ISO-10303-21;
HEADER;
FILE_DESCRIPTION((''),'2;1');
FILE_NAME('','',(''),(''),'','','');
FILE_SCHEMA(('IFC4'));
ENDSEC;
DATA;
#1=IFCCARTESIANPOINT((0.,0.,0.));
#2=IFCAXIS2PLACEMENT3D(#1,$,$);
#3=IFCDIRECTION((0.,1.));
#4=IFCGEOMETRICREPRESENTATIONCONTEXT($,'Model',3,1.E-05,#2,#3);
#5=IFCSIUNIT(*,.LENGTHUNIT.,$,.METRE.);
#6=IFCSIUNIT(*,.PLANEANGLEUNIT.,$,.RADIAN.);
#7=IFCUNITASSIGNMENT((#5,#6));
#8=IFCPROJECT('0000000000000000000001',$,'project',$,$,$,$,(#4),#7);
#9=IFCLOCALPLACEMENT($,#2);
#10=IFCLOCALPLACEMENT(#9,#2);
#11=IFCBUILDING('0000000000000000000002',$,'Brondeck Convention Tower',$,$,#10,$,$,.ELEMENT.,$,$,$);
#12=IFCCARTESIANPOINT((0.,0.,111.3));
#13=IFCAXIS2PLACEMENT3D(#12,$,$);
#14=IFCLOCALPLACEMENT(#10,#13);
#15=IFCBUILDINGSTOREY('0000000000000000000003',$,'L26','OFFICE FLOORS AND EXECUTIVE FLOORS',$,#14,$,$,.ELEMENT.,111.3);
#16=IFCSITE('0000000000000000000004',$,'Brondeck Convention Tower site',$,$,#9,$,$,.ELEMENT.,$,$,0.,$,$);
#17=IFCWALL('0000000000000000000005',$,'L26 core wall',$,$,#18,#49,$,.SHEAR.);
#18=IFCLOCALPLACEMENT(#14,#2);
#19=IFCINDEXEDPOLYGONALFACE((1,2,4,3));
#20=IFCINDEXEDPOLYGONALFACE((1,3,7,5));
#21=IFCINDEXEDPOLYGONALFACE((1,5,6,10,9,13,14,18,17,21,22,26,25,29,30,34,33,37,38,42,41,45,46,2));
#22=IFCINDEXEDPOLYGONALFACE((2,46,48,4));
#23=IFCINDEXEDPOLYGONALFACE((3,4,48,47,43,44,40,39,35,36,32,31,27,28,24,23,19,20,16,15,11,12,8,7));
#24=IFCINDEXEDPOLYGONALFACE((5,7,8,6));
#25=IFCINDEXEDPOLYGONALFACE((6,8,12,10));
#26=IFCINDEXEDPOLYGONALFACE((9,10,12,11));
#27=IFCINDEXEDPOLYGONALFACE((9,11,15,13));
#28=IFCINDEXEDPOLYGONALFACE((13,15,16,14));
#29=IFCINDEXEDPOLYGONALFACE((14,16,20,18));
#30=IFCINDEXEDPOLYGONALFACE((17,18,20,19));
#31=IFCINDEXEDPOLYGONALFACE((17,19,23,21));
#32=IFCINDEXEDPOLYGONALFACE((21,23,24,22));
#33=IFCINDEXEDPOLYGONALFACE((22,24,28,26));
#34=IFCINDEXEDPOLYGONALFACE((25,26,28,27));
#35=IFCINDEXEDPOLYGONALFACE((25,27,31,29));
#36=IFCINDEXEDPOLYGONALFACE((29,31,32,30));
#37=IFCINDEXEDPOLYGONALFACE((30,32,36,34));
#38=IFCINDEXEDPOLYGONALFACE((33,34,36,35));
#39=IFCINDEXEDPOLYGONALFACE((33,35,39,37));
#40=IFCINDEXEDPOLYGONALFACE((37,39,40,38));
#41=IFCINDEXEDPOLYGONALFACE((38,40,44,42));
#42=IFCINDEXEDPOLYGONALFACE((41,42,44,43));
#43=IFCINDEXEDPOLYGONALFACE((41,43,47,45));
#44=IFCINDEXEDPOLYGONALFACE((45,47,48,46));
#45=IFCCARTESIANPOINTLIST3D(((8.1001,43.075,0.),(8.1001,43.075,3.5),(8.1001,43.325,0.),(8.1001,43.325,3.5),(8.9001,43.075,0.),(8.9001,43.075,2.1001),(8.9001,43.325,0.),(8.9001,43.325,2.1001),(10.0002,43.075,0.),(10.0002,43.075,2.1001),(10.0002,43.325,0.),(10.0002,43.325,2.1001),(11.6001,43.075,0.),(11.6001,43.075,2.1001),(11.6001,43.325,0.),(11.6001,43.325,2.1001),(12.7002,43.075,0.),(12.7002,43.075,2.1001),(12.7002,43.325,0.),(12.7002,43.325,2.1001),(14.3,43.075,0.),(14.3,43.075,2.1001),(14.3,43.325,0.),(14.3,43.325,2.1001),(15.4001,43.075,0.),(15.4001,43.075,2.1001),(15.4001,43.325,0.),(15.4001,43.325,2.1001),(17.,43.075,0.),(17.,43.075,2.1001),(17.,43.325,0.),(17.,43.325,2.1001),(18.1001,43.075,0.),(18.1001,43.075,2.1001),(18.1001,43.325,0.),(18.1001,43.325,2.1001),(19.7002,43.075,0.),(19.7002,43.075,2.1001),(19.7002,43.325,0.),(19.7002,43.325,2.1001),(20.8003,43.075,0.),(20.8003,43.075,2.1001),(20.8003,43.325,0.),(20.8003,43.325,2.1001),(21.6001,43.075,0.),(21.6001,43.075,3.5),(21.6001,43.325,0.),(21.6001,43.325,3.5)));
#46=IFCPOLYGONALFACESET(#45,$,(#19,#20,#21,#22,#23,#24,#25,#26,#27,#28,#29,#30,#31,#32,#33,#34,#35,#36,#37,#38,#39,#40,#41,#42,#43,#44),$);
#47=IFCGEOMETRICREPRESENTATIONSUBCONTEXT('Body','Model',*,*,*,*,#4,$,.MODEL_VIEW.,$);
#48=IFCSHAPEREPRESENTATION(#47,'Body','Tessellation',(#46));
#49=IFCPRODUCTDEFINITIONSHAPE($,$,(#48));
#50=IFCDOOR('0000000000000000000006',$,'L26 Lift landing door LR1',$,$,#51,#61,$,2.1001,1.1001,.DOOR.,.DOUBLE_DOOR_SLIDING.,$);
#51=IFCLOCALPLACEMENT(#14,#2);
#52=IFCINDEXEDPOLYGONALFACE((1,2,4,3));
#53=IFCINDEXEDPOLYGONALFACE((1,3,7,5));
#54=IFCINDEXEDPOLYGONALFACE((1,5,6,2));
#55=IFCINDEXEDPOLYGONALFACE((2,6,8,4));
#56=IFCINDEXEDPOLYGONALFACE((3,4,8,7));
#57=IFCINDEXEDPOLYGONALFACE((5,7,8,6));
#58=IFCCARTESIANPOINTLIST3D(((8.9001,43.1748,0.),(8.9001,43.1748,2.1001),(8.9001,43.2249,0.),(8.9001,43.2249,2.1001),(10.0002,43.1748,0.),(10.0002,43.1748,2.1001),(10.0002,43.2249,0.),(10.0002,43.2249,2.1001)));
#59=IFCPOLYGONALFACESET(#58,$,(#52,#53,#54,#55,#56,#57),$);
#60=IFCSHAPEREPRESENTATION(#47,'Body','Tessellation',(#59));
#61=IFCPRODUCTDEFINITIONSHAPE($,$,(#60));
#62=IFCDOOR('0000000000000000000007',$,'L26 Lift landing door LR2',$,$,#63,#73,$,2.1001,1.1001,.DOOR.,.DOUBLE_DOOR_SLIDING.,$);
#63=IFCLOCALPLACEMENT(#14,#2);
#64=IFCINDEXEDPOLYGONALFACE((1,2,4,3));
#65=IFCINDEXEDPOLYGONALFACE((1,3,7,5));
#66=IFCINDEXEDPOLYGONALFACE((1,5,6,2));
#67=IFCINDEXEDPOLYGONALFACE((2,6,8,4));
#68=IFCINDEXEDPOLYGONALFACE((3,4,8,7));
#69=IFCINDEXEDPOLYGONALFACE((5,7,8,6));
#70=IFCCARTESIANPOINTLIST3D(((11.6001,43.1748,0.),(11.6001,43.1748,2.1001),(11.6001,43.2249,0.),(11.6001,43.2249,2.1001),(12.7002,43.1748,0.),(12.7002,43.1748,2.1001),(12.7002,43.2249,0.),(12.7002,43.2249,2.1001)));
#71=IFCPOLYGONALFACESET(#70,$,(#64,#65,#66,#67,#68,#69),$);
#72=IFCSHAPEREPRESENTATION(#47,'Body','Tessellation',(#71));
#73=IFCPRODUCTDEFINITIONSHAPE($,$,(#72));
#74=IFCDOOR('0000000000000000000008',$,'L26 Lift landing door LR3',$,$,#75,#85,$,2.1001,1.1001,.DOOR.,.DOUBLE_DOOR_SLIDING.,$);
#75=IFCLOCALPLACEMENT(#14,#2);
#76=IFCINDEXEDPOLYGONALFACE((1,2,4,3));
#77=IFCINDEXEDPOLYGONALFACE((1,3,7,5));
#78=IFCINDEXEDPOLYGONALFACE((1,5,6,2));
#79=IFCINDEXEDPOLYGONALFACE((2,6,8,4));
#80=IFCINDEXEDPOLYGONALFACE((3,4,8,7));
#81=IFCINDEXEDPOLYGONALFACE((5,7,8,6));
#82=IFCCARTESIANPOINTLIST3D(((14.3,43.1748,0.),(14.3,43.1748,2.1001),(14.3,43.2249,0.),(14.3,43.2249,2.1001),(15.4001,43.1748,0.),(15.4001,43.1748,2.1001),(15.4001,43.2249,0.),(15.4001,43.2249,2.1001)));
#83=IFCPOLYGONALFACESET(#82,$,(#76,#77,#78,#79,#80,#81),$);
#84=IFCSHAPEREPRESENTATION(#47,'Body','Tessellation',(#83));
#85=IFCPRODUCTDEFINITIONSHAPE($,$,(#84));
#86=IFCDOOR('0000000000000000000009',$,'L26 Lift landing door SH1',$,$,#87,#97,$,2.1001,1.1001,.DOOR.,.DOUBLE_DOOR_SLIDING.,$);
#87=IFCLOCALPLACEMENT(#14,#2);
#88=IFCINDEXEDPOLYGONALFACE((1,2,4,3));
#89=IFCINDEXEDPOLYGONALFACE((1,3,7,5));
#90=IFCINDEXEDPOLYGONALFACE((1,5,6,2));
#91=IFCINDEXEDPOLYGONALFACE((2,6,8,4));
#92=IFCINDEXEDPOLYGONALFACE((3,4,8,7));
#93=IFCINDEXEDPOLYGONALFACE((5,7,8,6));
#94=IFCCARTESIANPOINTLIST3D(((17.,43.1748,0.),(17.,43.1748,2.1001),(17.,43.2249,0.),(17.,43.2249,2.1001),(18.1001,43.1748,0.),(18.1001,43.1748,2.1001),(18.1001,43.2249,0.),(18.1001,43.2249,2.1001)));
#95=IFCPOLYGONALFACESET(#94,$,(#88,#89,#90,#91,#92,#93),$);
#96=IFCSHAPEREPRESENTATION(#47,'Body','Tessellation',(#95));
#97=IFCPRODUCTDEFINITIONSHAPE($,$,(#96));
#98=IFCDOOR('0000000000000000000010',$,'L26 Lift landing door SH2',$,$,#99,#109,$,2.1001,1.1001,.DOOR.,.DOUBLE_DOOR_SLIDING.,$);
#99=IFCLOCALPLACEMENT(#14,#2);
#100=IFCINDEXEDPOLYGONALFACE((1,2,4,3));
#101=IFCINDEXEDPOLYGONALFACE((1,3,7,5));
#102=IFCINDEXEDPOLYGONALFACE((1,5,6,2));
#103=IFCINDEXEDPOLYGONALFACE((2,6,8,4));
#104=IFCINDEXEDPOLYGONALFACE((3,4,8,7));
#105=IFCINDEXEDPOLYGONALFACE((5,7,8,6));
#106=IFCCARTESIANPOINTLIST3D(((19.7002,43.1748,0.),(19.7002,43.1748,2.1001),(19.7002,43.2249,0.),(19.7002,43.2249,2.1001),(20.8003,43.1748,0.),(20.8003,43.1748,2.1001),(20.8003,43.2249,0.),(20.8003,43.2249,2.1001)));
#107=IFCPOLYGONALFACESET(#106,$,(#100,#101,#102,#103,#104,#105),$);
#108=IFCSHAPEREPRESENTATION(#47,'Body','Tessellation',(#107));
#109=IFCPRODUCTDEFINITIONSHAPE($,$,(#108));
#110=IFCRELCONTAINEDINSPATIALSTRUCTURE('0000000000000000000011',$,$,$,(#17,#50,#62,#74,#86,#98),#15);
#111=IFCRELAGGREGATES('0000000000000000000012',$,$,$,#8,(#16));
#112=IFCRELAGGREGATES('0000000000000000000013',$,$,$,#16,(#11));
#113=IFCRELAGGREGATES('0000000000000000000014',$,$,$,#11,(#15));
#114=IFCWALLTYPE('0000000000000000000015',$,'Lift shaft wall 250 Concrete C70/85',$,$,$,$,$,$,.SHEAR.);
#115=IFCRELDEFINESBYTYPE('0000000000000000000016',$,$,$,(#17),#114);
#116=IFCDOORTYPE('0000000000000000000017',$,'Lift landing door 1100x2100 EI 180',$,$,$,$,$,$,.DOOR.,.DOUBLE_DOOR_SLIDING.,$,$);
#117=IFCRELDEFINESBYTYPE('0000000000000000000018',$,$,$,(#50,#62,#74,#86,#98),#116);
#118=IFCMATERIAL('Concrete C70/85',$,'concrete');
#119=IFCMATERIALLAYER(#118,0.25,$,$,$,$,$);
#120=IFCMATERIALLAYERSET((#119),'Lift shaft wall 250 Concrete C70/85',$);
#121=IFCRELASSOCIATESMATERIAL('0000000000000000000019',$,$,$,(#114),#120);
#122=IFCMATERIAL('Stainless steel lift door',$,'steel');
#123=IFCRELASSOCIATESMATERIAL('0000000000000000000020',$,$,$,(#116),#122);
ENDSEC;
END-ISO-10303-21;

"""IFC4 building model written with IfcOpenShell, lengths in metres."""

from ifc_helpers import new_model, si_unit, direction, frame, frame_2d, origin, place, context, subcontext, project, spatial, rectangle, extrude, material, layer, layer_set, type_object, element, fill, save


model = new_model("IFC4")

# Units and contexts
model_context = context("Model", 3, precision=1e-05, world=origin(), true_north=direction((0.0, 1.0)))
body_context = subcontext(model_context, "Body", "Model", "MODEL_VIEW")
ifc_project = project(units=[si_unit("LENGTHUNIT", "METRE"), si_unit("PLANEANGLEUNIT", "RADIAN")], contexts=[model_context])

# Site, building, storey
site_placement = place(None, origin())
site = spatial("IfcSite", under=ifc_project, at=site_placement, Name="Brondeck Convention Tower site", CompositionType="ELEMENT", RefElevation=0.0)
building_placement = place(site_placement, origin())
building = spatial("IfcBuilding", under=site, at=building_placement, Name="Brondeck Convention Tower", CompositionType="ELEMENT")
storey_placement = place(building_placement, frame((0.0, 0.0, 111.3)))
storey = spatial("IfcBuildingStorey", under=building, at=storey_placement, Name="L26", Description="OFFICE FLOORS AND EXECUTIVE FLOORS", CompositionType="ELEMENT", Elevation=111.3)

# Shared definitions
ifc_material_1 = material(Name="Concrete C70/85", Category="concrete")

# Wall, openings, doors
ifc_layer_1 = layer(ifc_material_1, 0.25)
ifc_layer_set_1 = layer_set([ifc_layer_1], Name="Lift shaft wall 250 Concrete C70/85")
wall_type_1 = type_object("IfcWallType", Name="Lift shaft wall 250 Concrete C70/85", PredefinedType="SHEAR", material=ifc_layer_set_1)
wall_1_placement = place(storey_placement, frame((8.1001, 43.2, 0.0), z_axis=(0.0, 0.0, 1.0), x_axis=(1.0, 0.0, 0.0)))
wall_1 = element("IfcWall", 1, at=wall_1_placement, inside=storey, type_object=wall_type_1, Name="L26 core wall", PredefinedType="SHEAR", context=body_context, shape_type="SweptSolid", body=[
    extrude(rectangle(XDim=13.5, YDim=0.25, at=frame_2d((6.75, 0.0))), origin(), (0.0, 0.0, 1.0), 3.5),
])
opening_1_placement = place(wall_1_placement, frame((0.8, 0.0, 0.0)))
opening_1 = element("IfcOpeningElement", 2, at=opening_1_placement, cuts=wall_1, PredefinedType="OPENING", context=body_context, shape_type="SweptSolid", body=[
    extrude(rectangle(XDim=1.1001, YDim=2.1001, at=frame_2d((0.55, 1.05))), frame((0.0, 0.135, 0.0), z_axis=(0.0, -1.0, 0.0), x_axis=(1.0, 0.0, 0.0)), (0.0, 0.0, 1.0), 0.27),
])
opening_2_placement = place(wall_1_placement, frame((3.5, 0.0, 0.0)))
opening_2 = element("IfcOpeningElement", 3, at=opening_2_placement, cuts=wall_1, PredefinedType="OPENING", context=body_context, shape_type="SweptSolid", body=[
    extrude(rectangle(XDim=1.1001, YDim=2.1001, at=frame_2d((0.55, 1.05))), frame((0.0, 0.135, 0.0), z_axis=(0.0, -1.0, 0.0), x_axis=(1.0, 0.0, 0.0)), (0.0, 0.0, 1.0), 0.27),
])
opening_3_placement = place(wall_1_placement, frame((6.2, 0.0, 0.0)))
opening_3 = element("IfcOpeningElement", 4, at=opening_3_placement, cuts=wall_1, PredefinedType="OPENING", context=body_context, shape_type="SweptSolid", body=[
    extrude(rectangle(XDim=1.1001, YDim=2.1001, at=frame_2d((0.55, 1.05))), frame((0.0, 0.135, 0.0), z_axis=(0.0, -1.0, 0.0), x_axis=(1.0, 0.0, 0.0)), (0.0, 0.0, 1.0), 0.27),
])
opening_4_placement = place(wall_1_placement, frame((8.8999, 0.0, 0.0)))
opening_4 = element("IfcOpeningElement", 5, at=opening_4_placement, cuts=wall_1, PredefinedType="OPENING", context=body_context, shape_type="SweptSolid", body=[
    extrude(rectangle(XDim=1.1001, YDim=2.1001, at=frame_2d((0.55, 1.05))), frame((0.0, 0.135, 0.0), z_axis=(0.0, -1.0, 0.0), x_axis=(1.0, 0.0, 0.0)), (0.0, 0.0, 1.0), 0.27),
])
opening_5_placement = place(wall_1_placement, frame((11.6001, 0.0, 0.0)))
opening_5 = element("IfcOpeningElement", 6, at=opening_5_placement, cuts=wall_1, PredefinedType="OPENING", context=body_context, shape_type="SweptSolid", body=[
    extrude(rectangle(XDim=1.1001, YDim=2.1001, at=frame_2d((0.55, 1.05))), frame((0.0, 0.135, 0.0), z_axis=(0.0, -1.0, 0.0), x_axis=(1.0, 0.0, 0.0)), (0.0, 0.0, 1.0), 0.27),
])
ifc_material_2 = material(Name="Stainless steel lift door", Category="steel")
door_type_1 = type_object("IfcDoorType", Name="Lift landing door 1100x2100 EI 180", OperationType="DOUBLE_DOOR_SLIDING", PredefinedType="DOOR", material=ifc_material_2)
door_1_placement = place(opening_1_placement, origin())
door_1 = element("IfcDoor", 7, at=door_1_placement, inside=storey, type_object=door_type_1, Name="L26 Lift landing door LR1", OperationType="DOUBLE_DOOR_SLIDING", OverallHeight=2.1001, OverallWidth=1.1001, PredefinedType="DOOR", context=body_context, shape_type="SweptSolid", body=[
    extrude(rectangle(XDim=1.1001, YDim=2.1001, at=frame_2d((0.55, 1.05))), frame((0.0, 0.0249, 0.0), z_axis=(0.0, -1.0, 0.0), x_axis=(1.0, 0.0, 0.0)), (0.0, 0.0, 1.0), 0.05),
])
fill(opening_1, door_1)
door_2_placement = place(opening_2_placement, origin())
door_2 = element("IfcDoor", 8, at=door_2_placement, inside=storey, type_object=door_type_1, Name="L26 Lift landing door LR2", OperationType="DOUBLE_DOOR_SLIDING", OverallHeight=2.1001, OverallWidth=1.1001, PredefinedType="DOOR", context=body_context, shape_type="SweptSolid", body=[
    extrude(rectangle(XDim=1.1001, YDim=2.1001, at=frame_2d((0.55, 1.05))), frame((0.0, 0.0249, 0.0), z_axis=(0.0, -1.0, 0.0), x_axis=(1.0, 0.0, 0.0)), (0.0, 0.0, 1.0), 0.05),
])
fill(opening_2, door_2)
door_3_placement = place(opening_3_placement, origin())
door_3 = element("IfcDoor", 9, at=door_3_placement, inside=storey, type_object=door_type_1, Name="L26 Lift landing door LR3", OperationType="DOUBLE_DOOR_SLIDING", OverallHeight=2.1001, OverallWidth=1.1001, PredefinedType="DOOR", context=body_context, shape_type="SweptSolid", body=[
    extrude(rectangle(XDim=1.1001, YDim=2.1001, at=frame_2d((0.55, 1.05))), frame((0.0, 0.0249, 0.0), z_axis=(0.0, -1.0, 0.0), x_axis=(1.0, 0.0, 0.0)), (0.0, 0.0, 1.0), 0.05),
])
fill(opening_3, door_3)
door_4_placement = place(opening_4_placement, origin())
door_4 = element("IfcDoor", 10, at=door_4_placement, inside=storey, type_object=door_type_1, Name="L26 Lift landing door SH1", OperationType="DOUBLE_DOOR_SLIDING", OverallHeight=2.1001, OverallWidth=1.1001, PredefinedType="DOOR", context=body_context, shape_type="SweptSolid", body=[
    extrude(rectangle(XDim=1.1001, YDim=2.1001, at=frame_2d((0.55, 1.05))), frame((0.0, 0.0249, 0.0), z_axis=(0.0, -1.0, 0.0), x_axis=(1.0, 0.0, 0.0)), (0.0, 0.0, 1.0), 0.05),
])
fill(opening_4, door_4)
door_5_placement = place(opening_5_placement, origin())
door_5 = element("IfcDoor", 11, at=door_5_placement, inside=storey, type_object=door_type_1, Name="L26 Lift landing door SH2", OperationType="DOUBLE_DOOR_SLIDING", OverallHeight=2.1001, OverallWidth=1.1001, PredefinedType="DOOR", context=body_context, shape_type="SweptSolid", body=[
    extrude(rectangle(XDim=1.1001, YDim=2.1001, at=frame_2d((0.55, 1.05))), frame((0.0, 0.0249, 0.0), z_axis=(0.0, -1.0, 0.0), x_axis=(1.0, 0.0, 0.0)), (0.0, 0.0, 1.0), 0.05),
])
fill(opening_5, door_5)

save(model, "model.ifc")
